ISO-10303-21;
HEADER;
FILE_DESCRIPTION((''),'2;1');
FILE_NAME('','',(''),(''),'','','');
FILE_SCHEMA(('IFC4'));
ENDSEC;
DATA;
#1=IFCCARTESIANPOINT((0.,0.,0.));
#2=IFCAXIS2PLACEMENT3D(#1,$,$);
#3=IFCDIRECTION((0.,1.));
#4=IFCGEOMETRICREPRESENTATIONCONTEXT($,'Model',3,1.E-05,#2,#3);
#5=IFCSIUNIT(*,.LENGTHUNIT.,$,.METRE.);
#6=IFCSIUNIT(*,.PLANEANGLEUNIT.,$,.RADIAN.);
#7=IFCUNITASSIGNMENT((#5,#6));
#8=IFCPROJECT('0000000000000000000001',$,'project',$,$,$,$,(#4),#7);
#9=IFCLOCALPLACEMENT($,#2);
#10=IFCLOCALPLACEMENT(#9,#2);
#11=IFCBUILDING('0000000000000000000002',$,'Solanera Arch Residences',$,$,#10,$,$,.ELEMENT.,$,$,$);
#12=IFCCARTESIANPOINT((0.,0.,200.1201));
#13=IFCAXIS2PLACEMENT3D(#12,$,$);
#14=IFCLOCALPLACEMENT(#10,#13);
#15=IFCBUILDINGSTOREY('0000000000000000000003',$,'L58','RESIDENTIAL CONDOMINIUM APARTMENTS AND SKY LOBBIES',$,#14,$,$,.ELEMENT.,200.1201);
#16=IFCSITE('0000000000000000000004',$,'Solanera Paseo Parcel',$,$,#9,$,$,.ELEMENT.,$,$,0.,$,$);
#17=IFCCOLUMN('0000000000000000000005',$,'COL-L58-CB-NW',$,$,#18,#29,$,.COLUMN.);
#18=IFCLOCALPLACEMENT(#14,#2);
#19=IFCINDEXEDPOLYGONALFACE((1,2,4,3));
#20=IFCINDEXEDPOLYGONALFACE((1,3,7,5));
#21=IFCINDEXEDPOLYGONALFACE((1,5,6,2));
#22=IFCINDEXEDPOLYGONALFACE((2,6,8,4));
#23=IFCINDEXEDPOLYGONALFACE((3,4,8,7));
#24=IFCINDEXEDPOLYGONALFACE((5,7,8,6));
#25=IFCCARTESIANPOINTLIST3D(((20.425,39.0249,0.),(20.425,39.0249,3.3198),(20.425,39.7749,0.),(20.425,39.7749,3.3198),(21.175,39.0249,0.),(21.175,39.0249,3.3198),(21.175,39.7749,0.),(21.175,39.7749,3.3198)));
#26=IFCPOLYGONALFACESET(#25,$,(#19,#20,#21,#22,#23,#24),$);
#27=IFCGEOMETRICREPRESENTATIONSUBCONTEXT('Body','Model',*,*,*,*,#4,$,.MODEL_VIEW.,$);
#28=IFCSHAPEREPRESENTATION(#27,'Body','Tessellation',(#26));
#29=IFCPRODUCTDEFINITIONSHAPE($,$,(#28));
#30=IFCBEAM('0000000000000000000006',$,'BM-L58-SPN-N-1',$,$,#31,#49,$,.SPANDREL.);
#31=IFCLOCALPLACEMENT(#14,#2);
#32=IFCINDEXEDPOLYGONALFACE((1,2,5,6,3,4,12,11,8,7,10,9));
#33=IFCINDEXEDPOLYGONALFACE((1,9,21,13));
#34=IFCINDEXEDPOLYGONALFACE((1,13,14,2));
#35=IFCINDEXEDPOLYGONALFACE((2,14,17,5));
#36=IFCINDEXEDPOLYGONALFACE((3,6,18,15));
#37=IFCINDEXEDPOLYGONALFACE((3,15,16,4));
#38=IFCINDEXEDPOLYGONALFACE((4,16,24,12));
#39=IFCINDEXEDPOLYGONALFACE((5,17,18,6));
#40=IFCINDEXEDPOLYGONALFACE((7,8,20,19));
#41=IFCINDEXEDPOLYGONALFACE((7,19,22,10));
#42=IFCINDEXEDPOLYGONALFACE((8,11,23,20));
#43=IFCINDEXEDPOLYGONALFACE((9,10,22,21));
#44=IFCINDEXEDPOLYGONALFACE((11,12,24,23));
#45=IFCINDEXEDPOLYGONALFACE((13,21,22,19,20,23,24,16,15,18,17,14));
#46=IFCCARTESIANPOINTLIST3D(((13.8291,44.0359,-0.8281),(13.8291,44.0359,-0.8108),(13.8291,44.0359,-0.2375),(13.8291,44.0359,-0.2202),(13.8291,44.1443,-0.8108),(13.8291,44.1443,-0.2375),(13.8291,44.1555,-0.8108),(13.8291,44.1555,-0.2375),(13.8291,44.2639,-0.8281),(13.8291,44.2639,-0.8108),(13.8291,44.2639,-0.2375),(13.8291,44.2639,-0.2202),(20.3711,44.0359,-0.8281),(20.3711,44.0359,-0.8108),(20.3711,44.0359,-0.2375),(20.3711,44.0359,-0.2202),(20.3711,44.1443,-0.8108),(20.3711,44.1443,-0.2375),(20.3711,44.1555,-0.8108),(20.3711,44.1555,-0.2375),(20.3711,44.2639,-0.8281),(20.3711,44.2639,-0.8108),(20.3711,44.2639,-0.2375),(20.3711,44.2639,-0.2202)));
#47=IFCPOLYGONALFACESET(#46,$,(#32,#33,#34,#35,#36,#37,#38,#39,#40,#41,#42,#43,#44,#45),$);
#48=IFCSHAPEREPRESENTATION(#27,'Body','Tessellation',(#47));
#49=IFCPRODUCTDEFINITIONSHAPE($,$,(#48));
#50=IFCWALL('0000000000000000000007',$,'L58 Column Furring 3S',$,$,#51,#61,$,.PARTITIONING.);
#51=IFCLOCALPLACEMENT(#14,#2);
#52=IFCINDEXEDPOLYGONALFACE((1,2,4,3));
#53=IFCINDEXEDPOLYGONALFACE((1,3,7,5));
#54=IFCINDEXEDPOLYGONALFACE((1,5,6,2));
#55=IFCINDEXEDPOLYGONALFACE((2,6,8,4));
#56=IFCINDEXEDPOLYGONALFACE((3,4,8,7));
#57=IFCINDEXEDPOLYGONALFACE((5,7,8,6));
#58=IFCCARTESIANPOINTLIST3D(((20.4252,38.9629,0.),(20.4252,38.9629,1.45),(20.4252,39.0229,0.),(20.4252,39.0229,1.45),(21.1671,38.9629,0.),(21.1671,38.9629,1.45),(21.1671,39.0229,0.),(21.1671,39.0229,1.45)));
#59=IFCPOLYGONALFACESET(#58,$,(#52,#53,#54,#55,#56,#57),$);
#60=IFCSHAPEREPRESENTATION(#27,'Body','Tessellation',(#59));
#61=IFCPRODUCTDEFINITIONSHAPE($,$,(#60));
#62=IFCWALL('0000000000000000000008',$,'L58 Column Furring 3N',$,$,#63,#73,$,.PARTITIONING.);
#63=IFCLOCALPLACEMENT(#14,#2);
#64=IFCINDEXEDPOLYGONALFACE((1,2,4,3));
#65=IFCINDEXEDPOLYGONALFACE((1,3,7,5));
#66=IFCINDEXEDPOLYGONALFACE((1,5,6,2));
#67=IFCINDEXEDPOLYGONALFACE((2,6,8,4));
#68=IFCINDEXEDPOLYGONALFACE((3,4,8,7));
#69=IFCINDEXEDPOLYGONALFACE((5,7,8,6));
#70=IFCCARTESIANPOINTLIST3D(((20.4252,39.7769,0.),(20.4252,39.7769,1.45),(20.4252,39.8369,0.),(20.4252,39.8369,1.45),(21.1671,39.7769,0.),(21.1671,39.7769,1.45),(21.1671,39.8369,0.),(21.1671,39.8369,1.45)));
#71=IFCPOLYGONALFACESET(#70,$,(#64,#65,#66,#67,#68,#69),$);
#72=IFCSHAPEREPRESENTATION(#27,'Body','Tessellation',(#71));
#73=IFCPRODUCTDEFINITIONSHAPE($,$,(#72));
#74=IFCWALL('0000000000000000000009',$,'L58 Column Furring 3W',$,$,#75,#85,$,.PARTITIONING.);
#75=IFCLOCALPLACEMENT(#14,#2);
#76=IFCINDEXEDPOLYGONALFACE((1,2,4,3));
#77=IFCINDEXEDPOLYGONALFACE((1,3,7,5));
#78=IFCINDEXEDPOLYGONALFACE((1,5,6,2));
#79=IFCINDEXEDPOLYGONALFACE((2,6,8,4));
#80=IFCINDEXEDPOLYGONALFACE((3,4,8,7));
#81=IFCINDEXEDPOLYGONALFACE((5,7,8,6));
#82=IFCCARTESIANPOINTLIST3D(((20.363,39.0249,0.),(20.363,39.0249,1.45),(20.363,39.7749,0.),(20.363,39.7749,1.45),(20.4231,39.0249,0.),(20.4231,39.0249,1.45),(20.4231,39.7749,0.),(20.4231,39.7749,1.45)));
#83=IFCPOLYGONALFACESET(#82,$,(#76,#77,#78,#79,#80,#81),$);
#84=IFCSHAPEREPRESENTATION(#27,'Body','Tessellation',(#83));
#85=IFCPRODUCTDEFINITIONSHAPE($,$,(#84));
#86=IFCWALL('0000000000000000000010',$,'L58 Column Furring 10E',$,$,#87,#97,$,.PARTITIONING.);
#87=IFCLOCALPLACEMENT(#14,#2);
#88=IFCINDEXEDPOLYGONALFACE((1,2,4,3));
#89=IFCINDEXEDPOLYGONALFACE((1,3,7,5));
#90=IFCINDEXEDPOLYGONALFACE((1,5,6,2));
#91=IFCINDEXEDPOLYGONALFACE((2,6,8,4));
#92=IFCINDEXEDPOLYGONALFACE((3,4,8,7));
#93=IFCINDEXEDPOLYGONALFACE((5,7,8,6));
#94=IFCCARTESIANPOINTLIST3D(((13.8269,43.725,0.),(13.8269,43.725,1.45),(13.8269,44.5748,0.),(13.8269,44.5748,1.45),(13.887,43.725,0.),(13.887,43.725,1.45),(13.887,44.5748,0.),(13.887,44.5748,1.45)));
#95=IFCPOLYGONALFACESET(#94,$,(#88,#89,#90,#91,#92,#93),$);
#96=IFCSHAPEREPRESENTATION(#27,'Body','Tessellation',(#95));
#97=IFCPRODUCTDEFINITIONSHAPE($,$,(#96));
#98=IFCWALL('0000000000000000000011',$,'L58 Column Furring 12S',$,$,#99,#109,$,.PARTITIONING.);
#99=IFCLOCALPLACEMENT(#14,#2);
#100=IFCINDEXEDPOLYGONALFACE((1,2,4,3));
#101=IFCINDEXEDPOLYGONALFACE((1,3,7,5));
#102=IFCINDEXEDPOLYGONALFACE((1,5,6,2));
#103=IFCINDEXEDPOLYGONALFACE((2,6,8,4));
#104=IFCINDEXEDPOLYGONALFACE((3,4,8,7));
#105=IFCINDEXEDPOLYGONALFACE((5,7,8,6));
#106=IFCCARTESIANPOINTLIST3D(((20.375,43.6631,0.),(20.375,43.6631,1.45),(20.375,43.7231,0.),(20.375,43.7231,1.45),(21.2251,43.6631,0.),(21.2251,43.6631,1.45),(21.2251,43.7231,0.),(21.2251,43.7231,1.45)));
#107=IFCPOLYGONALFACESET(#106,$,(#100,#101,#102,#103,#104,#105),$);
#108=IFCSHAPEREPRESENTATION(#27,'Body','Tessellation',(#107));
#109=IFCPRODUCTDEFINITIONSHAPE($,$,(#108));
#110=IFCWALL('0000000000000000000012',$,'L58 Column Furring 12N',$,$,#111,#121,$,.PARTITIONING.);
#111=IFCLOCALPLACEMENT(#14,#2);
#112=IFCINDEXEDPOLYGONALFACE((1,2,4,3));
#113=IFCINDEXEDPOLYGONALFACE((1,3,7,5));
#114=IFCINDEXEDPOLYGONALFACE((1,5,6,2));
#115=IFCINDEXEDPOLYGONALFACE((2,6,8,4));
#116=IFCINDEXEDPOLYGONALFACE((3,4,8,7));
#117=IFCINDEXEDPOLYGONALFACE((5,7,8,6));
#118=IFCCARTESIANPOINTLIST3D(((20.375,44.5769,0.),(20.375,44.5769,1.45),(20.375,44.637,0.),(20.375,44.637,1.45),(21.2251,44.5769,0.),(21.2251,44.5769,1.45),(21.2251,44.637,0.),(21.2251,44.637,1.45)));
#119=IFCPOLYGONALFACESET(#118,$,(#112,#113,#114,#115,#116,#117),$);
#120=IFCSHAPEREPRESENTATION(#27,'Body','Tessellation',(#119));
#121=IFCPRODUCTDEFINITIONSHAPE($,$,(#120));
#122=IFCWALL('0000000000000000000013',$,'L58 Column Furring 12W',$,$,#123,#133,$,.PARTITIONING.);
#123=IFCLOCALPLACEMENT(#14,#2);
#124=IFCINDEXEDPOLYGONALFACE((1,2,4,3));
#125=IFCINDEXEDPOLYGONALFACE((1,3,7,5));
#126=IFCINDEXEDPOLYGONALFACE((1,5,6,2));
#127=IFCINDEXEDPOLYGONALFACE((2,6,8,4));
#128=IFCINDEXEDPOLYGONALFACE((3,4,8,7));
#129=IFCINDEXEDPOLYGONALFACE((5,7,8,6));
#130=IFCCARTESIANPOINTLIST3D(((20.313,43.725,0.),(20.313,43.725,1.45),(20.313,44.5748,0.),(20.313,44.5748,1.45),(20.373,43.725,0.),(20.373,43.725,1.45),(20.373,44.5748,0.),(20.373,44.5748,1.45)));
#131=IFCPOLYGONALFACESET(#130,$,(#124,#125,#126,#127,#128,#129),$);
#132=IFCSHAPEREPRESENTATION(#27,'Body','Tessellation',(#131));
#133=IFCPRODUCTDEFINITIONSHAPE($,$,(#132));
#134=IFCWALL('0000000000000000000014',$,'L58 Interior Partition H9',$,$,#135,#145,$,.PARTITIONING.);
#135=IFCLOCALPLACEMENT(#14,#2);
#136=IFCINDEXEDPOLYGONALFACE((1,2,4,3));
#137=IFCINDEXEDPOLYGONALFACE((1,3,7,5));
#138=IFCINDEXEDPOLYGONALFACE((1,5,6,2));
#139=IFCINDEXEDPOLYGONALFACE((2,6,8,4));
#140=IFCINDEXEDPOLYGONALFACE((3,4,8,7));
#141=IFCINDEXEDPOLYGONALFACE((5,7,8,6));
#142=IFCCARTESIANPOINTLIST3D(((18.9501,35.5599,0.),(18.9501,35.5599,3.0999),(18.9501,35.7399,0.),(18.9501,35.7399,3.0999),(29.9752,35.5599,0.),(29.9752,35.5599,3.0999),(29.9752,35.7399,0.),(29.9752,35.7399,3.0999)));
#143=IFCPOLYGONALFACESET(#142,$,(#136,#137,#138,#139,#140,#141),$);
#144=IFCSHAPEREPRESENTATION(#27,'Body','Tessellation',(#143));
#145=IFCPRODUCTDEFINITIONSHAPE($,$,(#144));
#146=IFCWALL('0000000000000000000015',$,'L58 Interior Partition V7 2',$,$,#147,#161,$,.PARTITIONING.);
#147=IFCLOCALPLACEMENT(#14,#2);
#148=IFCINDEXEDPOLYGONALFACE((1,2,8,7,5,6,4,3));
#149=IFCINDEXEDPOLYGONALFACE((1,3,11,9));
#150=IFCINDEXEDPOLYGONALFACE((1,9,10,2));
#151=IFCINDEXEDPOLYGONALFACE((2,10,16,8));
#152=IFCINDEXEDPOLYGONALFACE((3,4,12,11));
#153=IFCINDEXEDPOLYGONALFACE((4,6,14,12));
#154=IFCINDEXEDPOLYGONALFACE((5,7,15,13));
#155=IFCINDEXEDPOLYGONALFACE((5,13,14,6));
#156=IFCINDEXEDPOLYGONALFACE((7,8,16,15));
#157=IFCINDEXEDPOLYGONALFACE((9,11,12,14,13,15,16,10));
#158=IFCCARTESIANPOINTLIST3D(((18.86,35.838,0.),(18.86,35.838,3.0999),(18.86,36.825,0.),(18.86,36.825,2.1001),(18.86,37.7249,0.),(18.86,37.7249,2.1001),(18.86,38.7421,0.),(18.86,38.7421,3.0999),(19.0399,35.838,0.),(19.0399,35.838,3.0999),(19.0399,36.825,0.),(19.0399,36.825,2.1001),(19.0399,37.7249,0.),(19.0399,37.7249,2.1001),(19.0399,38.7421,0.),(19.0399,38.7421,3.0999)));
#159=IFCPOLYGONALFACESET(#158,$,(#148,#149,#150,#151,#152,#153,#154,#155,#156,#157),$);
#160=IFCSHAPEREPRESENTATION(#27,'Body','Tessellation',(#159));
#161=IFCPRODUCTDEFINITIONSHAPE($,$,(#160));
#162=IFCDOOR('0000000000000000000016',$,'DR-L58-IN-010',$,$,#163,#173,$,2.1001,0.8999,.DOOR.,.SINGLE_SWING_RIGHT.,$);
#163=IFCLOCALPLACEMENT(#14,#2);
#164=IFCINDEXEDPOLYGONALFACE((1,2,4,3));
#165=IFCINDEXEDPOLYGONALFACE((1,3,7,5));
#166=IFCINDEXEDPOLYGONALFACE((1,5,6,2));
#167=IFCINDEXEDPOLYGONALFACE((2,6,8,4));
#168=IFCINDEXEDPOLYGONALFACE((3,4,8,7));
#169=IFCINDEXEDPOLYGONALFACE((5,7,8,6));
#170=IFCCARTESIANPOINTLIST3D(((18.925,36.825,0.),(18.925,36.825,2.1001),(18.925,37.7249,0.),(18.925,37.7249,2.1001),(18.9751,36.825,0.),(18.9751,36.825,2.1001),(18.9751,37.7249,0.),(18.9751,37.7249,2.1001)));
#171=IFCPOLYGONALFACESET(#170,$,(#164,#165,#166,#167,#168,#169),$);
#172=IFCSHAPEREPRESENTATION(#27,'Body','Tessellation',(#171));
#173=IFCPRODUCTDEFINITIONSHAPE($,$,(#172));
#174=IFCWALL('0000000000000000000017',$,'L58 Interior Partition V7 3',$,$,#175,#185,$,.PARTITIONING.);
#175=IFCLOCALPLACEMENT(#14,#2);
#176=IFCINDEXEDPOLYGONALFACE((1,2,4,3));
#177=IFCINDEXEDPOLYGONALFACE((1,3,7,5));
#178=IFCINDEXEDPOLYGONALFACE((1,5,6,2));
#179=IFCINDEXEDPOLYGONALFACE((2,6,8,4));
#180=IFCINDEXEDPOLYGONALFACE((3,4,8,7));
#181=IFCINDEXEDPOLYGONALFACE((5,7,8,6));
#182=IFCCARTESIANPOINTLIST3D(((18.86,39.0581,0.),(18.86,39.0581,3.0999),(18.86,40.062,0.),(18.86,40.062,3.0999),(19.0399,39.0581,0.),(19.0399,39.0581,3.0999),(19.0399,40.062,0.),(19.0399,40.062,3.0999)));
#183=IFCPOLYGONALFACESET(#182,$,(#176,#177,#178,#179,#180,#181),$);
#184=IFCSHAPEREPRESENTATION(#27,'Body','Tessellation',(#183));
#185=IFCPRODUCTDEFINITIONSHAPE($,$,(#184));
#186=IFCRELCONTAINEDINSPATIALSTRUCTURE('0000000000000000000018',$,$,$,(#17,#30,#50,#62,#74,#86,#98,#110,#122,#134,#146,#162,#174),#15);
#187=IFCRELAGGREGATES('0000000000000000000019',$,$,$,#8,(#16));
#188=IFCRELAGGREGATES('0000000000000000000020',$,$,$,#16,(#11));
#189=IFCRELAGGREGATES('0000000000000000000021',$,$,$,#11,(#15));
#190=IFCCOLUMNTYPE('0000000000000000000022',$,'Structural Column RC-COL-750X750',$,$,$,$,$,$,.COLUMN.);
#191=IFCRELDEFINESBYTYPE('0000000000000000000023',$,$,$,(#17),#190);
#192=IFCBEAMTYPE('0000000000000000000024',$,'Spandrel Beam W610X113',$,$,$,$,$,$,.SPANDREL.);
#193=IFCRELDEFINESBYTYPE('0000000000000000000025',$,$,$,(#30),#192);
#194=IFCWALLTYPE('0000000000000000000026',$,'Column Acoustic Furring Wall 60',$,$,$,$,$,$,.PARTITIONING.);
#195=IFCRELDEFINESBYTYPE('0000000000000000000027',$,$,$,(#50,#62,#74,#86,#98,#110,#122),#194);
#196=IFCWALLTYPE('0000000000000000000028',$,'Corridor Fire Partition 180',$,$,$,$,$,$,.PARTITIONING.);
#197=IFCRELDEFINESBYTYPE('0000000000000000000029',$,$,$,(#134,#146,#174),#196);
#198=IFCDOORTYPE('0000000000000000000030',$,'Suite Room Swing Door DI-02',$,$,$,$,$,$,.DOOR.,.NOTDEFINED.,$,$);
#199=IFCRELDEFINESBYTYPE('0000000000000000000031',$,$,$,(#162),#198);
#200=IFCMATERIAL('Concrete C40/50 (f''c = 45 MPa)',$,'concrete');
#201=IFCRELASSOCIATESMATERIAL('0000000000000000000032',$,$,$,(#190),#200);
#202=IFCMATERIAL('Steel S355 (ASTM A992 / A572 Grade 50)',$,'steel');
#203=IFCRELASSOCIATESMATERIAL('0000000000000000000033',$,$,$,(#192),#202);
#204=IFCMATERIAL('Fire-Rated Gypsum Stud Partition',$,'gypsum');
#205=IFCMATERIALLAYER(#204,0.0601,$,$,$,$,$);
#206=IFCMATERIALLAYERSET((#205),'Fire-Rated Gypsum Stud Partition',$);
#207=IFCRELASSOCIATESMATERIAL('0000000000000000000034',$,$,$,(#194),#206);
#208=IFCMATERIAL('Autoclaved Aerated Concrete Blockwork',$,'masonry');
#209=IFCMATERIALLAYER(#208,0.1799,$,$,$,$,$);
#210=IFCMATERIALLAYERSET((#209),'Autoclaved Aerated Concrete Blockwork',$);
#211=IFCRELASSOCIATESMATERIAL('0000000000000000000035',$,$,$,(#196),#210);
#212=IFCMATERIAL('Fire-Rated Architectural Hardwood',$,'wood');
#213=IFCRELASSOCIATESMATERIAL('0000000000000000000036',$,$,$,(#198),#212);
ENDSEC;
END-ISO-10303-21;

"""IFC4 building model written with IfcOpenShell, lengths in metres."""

from ifc_helpers import new_model, si_unit, direction, frame, frame_2d, origin, origin_2d, place, context, subcontext, project, spatial, rectangle, i_section, extrude, material, layer, layer_set, material_profile, profile_set, type_object, element, fill, save


model = new_model("IFC4")

# Units and contexts
model_context = context("Model", 3, precision=1e-05, world=origin(), true_north=direction((0.0, 1.0)))
body_context = subcontext(model_context, "Body", "Model", "MODEL_VIEW")
ifc_project = project(units=[si_unit("LENGTHUNIT", "METRE"), si_unit("PLANEANGLEUNIT", "RADIAN")], contexts=[model_context])

# Site, building, storey
site_placement = place(None, origin())
site = spatial("IfcSite", under=ifc_project, at=site_placement, Name="Solanera Paseo Parcel", CompositionType="ELEMENT", RefElevation=0.0)
building_placement = place(site_placement, origin())
building = spatial("IfcBuilding", under=site, at=building_placement, Name="Solanera Arch Residences", CompositionType="ELEMENT")
storey_placement = place(building_placement, frame((0.0, 0.0, 200.1201)))
storey = spatial("IfcBuildingStorey", under=building, at=storey_placement, Name="L58", Description="RESIDENTIAL CONDOMINIUM APARTMENTS AND SKY LOBBIES", CompositionType="ELEMENT", Elevation=200.1201)

# Column
ifc_material_1 = material(Name="Concrete C40/50 (f'c = 45 MPa)", Category="concrete")
ifc_material_profile_1 = material_profile(ifc_material_1, rectangle(XDim=0.75, YDim=0.75, at=origin_2d()))
ifc_profile_set_1 = profile_set([ifc_material_profile_1], Name="Concrete C40/50 (f'c = 45 MPa)")
column_type = type_object("IfcColumnType", Name="Structural Column RC-COL-750X750", PredefinedType="COLUMN", material=ifc_profile_set_1)
column_placement = place(storey_placement, frame((20.8, 39.3999, 0.0), z_axis=(0.0, 0.0, 1.0), x_axis=(1.0, 0.0, 0.0)))
element("IfcColumn", 1, at=column_placement, inside=storey, type_object=column_type, Name="COL-L58-CB-NW", PredefinedType="COLUMN", context=body_context, shape_type="SweptSolid", body=[
    extrude(rectangle(XDim=0.75, YDim=0.75, at=origin_2d()), origin(), (0.0, 0.0, 1.0), 3.3198),
])

# Beam
ifc_material_2 = material(Name="Steel S355 (ASTM A992 / A572 Grade 50)", Category="steel")
ifc_material_profile_2 = material_profile(ifc_material_2, i_section(OverallWidth=0.228, OverallDepth=0.6079, WebThickness=0.0112, FlangeThickness=0.0173, at=origin_2d()))
ifc_profile_set_2 = profile_set([ifc_material_profile_2], Name="Steel S355 (ASTM A992 / A572 Grade 50)")
beam_type = type_object("IfcBeamType", Name="Spandrel Beam W610X113", PredefinedType="SPANDREL", material=ifc_profile_set_2)
beam_placement = place(storey_placement, frame((13.8291, 44.1499, -0.5242), z_axis=(1.0, 0.0, 0.0), x_axis=(0.0, 1.0, 0.0)))
element("IfcBeam", 2, at=beam_placement, inside=storey, type_object=beam_type, Name="BM-L58-SPN-N-1", PredefinedType="SPANDREL", context=body_context, shape_type="SweptSolid", body=[
    extrude(i_section(OverallWidth=0.228, OverallDepth=0.6079, WebThickness=0.0112, FlangeThickness=0.0173, at=origin_2d()), origin(), (0.0, 0.0, 1.0), 6.542),
])

# Walls
ifc_material_3 = material(Name="Fire-Rated Gypsum Stud Partition", Category="gypsum")
ifc_layer_1 = layer(ifc_material_3, 0.0601)
ifc_layer_set_1 = layer_set([ifc_layer_1], Name="Fire-Rated Gypsum Stud Partition")
wall_type_1 = type_object("IfcWallType", Name="Column Acoustic Furring Wall 60", PredefinedType="PARTITIONING", material=ifc_layer_set_1)
for number, where, z_axis, x_axis, name in (
    (3, (20.425, 38.9929, 0.0), (0.0, 0.0, 1.0), (1.0, 0.0, 0.0), "L58 Column Furring 3S"),
    (4, (20.425, 39.8069, 0.0), (0.0, 0.0, 1.0), (1.0, 0.0, 0.0), "L58 Column Furring 3N"),
):
    element("IfcWall", number, at=place(storey_placement, frame(where, z_axis=z_axis, x_axis=x_axis)), inside=storey, type_object=wall_type_1, Name=name, PredefinedType="PARTITIONING", context=body_context, shape_type="SweptSolid", body=[
        extrude(rectangle(XDim=0.7419, YDim=0.0601, at=frame_2d((0.3711, 0.0))), origin(), (0.0, 0.0, 1.0), 1.45),
    ])
wall_1_placement = place(storey_placement, frame((20.3931, 39.0249, 0.0), z_axis=(0.0, 0.0, 1.0), x_axis=(0.0, 1.0, 0.0)))
element("IfcWall", 5, at=wall_1_placement, inside=storey, type_object=wall_type_1, Name="L58 Column Furring 3W", PredefinedType="PARTITIONING", context=body_context, shape_type="SweptSolid", body=[
    extrude(rectangle(XDim=0.75, YDim=0.0601, at=frame_2d((0.375, 0.0))), origin(), (0.0, 0.0, 1.0), 1.45),
])
wall_2_placement = place(storey_placement, frame((13.8569, 43.7251, 0.0), z_axis=(0.0, 0.0, 1.0), x_axis=(0.0, 1.0, 0.0)))
element("IfcWall", 6, at=wall_2_placement, inside=storey, type_object=wall_type_1, Name="L58 Column Furring 10E", PredefinedType="PARTITIONING", context=body_context, shape_type="SweptSolid", body=[
    extrude(rectangle(XDim=0.8499, YDim=0.0601, at=frame_2d((0.4248, 0.0))), origin(), (0.0, 0.0, 1.0), 1.45),
])
for number, where, z_axis, x_axis, name in (
    (7, (20.375, 43.6931, 0.0), (0.0, 0.0, 1.0), (1.0, 0.0, 0.0), "L58 Column Furring 12S"),
    (8, (20.375, 44.6069, 0.0), (0.0, 0.0, 1.0), (1.0, 0.0, 0.0), "L58 Column Furring 12N"),
):
    element("IfcWall", number, at=place(storey_placement, frame(where, z_axis=z_axis, x_axis=x_axis)), inside=storey, type_object=wall_type_1, Name=name, PredefinedType="PARTITIONING", context=body_context, shape_type="SweptSolid", body=[
        extrude(rectangle(XDim=0.8501, YDim=0.0601, at=frame_2d((0.425, 0.0))), origin(), (0.0, 0.0, 1.0), 1.45),
    ])
wall_3_placement = place(storey_placement, frame((20.343, 43.7251, 0.0), z_axis=(0.0, 0.0, 1.0), x_axis=(0.0, 1.0, 0.0)))
element("IfcWall", 9, at=wall_3_placement, inside=storey, type_object=wall_type_1, Name="L58 Column Furring 12W", PredefinedType="PARTITIONING", context=body_context, shape_type="SweptSolid", body=[
    extrude(rectangle(XDim=0.8499, YDim=0.0601, at=frame_2d((0.4248, 0.0))), origin(), (0.0, 0.0, 1.0), 1.45),
])
ifc_material_4 = material(Name="Autoclaved Aerated Concrete Blockwork", Category="masonry")
ifc_layer_2 = layer(ifc_material_4, 0.1799)
ifc_layer_set_2 = layer_set([ifc_layer_2], Name="Autoclaved Aerated Concrete Blockwork")
wall_type_2 = type_object("IfcWallType", Name="Corridor Fire Partition 180", PredefinedType="PARTITIONING", material=ifc_layer_set_2)
wall_4_placement = place(storey_placement, frame((18.95, 35.6499, 0.0), z_axis=(0.0, 0.0, 1.0), x_axis=(1.0, 0.0, 0.0)))
element("IfcWall", 10, at=wall_4_placement, inside=storey, type_object=wall_type_2, Name="L58 Interior Partition H9", PredefinedType="PARTITIONING", context=body_context, shape_type="SweptSolid", body=[
    extrude(rectangle(XDim=11.0251, YDim=0.1799, at=frame_2d((5.5127, 0.0))), origin(), (0.0, 0.0, 1.0), 3.0999),
])

# Wall, opening, door
wall_5_placement = place(storey_placement, frame((18.95, 35.8379, 0.0), z_axis=(0.0, 0.0, 1.0), x_axis=(0.0, 1.0, 0.0)))
wall_5 = element("IfcWall", 11, at=wall_5_placement, inside=storey, type_object=wall_type_2, Name="L58 Interior Partition V7 2", PredefinedType="PARTITIONING", context=body_context, shape_type="SweptSolid", body=[
    extrude(rectangle(XDim=2.9041, YDim=0.1799, at=frame_2d((1.4521, 0.0))), origin(), (0.0, 0.0, 1.0), 3.0999),
])
opening_1_placement = place(wall_5_placement, frame((0.9871, 0.0, 0.0)))
opening_1 = element("IfcOpeningElement", 12, at=opening_1_placement, cuts=wall_5, PredefinedType="OPENING", context=body_context, shape_type="SweptSolid", body=[
    extrude(rectangle(XDim=0.8999, YDim=2.1001, at=frame_2d((0.45, 1.05))), frame((0.0, 0.1001, 0.0), z_axis=(0.0, -1.0, 0.0), x_axis=(1.0, 0.0, 0.0)), (0.0, 0.0, 1.0), 0.1999),
])
ifc_material_5 = material(Name="Fire-Rated Architectural Hardwood", Category="wood")
door_type = type_object("IfcDoorType", Name="Suite Room Swing Door DI-02", OperationType="NOTDEFINED", PredefinedType="DOOR", material=ifc_material_5)
door_1_placement = place(opening_1_placement, origin())
door_1 = element("IfcDoor", 13, at=door_1_placement, inside=storey, type_object=door_type, Name="DR-L58-IN-010", OperationType="SINGLE_SWING_RIGHT", OverallHeight=2.1001, OverallWidth=0.8999, PredefinedType="DOOR", context=body_context, shape_type="SweptSolid", body=[
    extrude(rectangle(XDim=0.8999, YDim=2.1001, at=frame_2d((0.45, 1.05))), frame((0.0, 0.0249, 0.0), z_axis=(0.0, -1.0, 0.0), x_axis=(1.0, 0.0, 0.0)), (0.0, 0.0, 1.0), 0.05),
])
fill(opening_1, door_1)

# Wall
wall_6_placement = place(storey_placement, frame((18.95, 39.0581, 0.0), z_axis=(0.0, 0.0, 1.0), x_axis=(0.0, 1.0, 0.0)))
element("IfcWall", 14, at=wall_6_placement, inside=storey, type_object=wall_type_2, Name="L58 Interior Partition V7 3", PredefinedType="PARTITIONING", context=body_context, shape_type="SweptSolid", body=[
    extrude(rectangle(XDim=1.0039, YDim=0.1799, at=frame_2d((0.502, 0.0))), origin(), (0.0, 0.0, 1.0), 3.0999),
])

save(model, "model.ifc")
